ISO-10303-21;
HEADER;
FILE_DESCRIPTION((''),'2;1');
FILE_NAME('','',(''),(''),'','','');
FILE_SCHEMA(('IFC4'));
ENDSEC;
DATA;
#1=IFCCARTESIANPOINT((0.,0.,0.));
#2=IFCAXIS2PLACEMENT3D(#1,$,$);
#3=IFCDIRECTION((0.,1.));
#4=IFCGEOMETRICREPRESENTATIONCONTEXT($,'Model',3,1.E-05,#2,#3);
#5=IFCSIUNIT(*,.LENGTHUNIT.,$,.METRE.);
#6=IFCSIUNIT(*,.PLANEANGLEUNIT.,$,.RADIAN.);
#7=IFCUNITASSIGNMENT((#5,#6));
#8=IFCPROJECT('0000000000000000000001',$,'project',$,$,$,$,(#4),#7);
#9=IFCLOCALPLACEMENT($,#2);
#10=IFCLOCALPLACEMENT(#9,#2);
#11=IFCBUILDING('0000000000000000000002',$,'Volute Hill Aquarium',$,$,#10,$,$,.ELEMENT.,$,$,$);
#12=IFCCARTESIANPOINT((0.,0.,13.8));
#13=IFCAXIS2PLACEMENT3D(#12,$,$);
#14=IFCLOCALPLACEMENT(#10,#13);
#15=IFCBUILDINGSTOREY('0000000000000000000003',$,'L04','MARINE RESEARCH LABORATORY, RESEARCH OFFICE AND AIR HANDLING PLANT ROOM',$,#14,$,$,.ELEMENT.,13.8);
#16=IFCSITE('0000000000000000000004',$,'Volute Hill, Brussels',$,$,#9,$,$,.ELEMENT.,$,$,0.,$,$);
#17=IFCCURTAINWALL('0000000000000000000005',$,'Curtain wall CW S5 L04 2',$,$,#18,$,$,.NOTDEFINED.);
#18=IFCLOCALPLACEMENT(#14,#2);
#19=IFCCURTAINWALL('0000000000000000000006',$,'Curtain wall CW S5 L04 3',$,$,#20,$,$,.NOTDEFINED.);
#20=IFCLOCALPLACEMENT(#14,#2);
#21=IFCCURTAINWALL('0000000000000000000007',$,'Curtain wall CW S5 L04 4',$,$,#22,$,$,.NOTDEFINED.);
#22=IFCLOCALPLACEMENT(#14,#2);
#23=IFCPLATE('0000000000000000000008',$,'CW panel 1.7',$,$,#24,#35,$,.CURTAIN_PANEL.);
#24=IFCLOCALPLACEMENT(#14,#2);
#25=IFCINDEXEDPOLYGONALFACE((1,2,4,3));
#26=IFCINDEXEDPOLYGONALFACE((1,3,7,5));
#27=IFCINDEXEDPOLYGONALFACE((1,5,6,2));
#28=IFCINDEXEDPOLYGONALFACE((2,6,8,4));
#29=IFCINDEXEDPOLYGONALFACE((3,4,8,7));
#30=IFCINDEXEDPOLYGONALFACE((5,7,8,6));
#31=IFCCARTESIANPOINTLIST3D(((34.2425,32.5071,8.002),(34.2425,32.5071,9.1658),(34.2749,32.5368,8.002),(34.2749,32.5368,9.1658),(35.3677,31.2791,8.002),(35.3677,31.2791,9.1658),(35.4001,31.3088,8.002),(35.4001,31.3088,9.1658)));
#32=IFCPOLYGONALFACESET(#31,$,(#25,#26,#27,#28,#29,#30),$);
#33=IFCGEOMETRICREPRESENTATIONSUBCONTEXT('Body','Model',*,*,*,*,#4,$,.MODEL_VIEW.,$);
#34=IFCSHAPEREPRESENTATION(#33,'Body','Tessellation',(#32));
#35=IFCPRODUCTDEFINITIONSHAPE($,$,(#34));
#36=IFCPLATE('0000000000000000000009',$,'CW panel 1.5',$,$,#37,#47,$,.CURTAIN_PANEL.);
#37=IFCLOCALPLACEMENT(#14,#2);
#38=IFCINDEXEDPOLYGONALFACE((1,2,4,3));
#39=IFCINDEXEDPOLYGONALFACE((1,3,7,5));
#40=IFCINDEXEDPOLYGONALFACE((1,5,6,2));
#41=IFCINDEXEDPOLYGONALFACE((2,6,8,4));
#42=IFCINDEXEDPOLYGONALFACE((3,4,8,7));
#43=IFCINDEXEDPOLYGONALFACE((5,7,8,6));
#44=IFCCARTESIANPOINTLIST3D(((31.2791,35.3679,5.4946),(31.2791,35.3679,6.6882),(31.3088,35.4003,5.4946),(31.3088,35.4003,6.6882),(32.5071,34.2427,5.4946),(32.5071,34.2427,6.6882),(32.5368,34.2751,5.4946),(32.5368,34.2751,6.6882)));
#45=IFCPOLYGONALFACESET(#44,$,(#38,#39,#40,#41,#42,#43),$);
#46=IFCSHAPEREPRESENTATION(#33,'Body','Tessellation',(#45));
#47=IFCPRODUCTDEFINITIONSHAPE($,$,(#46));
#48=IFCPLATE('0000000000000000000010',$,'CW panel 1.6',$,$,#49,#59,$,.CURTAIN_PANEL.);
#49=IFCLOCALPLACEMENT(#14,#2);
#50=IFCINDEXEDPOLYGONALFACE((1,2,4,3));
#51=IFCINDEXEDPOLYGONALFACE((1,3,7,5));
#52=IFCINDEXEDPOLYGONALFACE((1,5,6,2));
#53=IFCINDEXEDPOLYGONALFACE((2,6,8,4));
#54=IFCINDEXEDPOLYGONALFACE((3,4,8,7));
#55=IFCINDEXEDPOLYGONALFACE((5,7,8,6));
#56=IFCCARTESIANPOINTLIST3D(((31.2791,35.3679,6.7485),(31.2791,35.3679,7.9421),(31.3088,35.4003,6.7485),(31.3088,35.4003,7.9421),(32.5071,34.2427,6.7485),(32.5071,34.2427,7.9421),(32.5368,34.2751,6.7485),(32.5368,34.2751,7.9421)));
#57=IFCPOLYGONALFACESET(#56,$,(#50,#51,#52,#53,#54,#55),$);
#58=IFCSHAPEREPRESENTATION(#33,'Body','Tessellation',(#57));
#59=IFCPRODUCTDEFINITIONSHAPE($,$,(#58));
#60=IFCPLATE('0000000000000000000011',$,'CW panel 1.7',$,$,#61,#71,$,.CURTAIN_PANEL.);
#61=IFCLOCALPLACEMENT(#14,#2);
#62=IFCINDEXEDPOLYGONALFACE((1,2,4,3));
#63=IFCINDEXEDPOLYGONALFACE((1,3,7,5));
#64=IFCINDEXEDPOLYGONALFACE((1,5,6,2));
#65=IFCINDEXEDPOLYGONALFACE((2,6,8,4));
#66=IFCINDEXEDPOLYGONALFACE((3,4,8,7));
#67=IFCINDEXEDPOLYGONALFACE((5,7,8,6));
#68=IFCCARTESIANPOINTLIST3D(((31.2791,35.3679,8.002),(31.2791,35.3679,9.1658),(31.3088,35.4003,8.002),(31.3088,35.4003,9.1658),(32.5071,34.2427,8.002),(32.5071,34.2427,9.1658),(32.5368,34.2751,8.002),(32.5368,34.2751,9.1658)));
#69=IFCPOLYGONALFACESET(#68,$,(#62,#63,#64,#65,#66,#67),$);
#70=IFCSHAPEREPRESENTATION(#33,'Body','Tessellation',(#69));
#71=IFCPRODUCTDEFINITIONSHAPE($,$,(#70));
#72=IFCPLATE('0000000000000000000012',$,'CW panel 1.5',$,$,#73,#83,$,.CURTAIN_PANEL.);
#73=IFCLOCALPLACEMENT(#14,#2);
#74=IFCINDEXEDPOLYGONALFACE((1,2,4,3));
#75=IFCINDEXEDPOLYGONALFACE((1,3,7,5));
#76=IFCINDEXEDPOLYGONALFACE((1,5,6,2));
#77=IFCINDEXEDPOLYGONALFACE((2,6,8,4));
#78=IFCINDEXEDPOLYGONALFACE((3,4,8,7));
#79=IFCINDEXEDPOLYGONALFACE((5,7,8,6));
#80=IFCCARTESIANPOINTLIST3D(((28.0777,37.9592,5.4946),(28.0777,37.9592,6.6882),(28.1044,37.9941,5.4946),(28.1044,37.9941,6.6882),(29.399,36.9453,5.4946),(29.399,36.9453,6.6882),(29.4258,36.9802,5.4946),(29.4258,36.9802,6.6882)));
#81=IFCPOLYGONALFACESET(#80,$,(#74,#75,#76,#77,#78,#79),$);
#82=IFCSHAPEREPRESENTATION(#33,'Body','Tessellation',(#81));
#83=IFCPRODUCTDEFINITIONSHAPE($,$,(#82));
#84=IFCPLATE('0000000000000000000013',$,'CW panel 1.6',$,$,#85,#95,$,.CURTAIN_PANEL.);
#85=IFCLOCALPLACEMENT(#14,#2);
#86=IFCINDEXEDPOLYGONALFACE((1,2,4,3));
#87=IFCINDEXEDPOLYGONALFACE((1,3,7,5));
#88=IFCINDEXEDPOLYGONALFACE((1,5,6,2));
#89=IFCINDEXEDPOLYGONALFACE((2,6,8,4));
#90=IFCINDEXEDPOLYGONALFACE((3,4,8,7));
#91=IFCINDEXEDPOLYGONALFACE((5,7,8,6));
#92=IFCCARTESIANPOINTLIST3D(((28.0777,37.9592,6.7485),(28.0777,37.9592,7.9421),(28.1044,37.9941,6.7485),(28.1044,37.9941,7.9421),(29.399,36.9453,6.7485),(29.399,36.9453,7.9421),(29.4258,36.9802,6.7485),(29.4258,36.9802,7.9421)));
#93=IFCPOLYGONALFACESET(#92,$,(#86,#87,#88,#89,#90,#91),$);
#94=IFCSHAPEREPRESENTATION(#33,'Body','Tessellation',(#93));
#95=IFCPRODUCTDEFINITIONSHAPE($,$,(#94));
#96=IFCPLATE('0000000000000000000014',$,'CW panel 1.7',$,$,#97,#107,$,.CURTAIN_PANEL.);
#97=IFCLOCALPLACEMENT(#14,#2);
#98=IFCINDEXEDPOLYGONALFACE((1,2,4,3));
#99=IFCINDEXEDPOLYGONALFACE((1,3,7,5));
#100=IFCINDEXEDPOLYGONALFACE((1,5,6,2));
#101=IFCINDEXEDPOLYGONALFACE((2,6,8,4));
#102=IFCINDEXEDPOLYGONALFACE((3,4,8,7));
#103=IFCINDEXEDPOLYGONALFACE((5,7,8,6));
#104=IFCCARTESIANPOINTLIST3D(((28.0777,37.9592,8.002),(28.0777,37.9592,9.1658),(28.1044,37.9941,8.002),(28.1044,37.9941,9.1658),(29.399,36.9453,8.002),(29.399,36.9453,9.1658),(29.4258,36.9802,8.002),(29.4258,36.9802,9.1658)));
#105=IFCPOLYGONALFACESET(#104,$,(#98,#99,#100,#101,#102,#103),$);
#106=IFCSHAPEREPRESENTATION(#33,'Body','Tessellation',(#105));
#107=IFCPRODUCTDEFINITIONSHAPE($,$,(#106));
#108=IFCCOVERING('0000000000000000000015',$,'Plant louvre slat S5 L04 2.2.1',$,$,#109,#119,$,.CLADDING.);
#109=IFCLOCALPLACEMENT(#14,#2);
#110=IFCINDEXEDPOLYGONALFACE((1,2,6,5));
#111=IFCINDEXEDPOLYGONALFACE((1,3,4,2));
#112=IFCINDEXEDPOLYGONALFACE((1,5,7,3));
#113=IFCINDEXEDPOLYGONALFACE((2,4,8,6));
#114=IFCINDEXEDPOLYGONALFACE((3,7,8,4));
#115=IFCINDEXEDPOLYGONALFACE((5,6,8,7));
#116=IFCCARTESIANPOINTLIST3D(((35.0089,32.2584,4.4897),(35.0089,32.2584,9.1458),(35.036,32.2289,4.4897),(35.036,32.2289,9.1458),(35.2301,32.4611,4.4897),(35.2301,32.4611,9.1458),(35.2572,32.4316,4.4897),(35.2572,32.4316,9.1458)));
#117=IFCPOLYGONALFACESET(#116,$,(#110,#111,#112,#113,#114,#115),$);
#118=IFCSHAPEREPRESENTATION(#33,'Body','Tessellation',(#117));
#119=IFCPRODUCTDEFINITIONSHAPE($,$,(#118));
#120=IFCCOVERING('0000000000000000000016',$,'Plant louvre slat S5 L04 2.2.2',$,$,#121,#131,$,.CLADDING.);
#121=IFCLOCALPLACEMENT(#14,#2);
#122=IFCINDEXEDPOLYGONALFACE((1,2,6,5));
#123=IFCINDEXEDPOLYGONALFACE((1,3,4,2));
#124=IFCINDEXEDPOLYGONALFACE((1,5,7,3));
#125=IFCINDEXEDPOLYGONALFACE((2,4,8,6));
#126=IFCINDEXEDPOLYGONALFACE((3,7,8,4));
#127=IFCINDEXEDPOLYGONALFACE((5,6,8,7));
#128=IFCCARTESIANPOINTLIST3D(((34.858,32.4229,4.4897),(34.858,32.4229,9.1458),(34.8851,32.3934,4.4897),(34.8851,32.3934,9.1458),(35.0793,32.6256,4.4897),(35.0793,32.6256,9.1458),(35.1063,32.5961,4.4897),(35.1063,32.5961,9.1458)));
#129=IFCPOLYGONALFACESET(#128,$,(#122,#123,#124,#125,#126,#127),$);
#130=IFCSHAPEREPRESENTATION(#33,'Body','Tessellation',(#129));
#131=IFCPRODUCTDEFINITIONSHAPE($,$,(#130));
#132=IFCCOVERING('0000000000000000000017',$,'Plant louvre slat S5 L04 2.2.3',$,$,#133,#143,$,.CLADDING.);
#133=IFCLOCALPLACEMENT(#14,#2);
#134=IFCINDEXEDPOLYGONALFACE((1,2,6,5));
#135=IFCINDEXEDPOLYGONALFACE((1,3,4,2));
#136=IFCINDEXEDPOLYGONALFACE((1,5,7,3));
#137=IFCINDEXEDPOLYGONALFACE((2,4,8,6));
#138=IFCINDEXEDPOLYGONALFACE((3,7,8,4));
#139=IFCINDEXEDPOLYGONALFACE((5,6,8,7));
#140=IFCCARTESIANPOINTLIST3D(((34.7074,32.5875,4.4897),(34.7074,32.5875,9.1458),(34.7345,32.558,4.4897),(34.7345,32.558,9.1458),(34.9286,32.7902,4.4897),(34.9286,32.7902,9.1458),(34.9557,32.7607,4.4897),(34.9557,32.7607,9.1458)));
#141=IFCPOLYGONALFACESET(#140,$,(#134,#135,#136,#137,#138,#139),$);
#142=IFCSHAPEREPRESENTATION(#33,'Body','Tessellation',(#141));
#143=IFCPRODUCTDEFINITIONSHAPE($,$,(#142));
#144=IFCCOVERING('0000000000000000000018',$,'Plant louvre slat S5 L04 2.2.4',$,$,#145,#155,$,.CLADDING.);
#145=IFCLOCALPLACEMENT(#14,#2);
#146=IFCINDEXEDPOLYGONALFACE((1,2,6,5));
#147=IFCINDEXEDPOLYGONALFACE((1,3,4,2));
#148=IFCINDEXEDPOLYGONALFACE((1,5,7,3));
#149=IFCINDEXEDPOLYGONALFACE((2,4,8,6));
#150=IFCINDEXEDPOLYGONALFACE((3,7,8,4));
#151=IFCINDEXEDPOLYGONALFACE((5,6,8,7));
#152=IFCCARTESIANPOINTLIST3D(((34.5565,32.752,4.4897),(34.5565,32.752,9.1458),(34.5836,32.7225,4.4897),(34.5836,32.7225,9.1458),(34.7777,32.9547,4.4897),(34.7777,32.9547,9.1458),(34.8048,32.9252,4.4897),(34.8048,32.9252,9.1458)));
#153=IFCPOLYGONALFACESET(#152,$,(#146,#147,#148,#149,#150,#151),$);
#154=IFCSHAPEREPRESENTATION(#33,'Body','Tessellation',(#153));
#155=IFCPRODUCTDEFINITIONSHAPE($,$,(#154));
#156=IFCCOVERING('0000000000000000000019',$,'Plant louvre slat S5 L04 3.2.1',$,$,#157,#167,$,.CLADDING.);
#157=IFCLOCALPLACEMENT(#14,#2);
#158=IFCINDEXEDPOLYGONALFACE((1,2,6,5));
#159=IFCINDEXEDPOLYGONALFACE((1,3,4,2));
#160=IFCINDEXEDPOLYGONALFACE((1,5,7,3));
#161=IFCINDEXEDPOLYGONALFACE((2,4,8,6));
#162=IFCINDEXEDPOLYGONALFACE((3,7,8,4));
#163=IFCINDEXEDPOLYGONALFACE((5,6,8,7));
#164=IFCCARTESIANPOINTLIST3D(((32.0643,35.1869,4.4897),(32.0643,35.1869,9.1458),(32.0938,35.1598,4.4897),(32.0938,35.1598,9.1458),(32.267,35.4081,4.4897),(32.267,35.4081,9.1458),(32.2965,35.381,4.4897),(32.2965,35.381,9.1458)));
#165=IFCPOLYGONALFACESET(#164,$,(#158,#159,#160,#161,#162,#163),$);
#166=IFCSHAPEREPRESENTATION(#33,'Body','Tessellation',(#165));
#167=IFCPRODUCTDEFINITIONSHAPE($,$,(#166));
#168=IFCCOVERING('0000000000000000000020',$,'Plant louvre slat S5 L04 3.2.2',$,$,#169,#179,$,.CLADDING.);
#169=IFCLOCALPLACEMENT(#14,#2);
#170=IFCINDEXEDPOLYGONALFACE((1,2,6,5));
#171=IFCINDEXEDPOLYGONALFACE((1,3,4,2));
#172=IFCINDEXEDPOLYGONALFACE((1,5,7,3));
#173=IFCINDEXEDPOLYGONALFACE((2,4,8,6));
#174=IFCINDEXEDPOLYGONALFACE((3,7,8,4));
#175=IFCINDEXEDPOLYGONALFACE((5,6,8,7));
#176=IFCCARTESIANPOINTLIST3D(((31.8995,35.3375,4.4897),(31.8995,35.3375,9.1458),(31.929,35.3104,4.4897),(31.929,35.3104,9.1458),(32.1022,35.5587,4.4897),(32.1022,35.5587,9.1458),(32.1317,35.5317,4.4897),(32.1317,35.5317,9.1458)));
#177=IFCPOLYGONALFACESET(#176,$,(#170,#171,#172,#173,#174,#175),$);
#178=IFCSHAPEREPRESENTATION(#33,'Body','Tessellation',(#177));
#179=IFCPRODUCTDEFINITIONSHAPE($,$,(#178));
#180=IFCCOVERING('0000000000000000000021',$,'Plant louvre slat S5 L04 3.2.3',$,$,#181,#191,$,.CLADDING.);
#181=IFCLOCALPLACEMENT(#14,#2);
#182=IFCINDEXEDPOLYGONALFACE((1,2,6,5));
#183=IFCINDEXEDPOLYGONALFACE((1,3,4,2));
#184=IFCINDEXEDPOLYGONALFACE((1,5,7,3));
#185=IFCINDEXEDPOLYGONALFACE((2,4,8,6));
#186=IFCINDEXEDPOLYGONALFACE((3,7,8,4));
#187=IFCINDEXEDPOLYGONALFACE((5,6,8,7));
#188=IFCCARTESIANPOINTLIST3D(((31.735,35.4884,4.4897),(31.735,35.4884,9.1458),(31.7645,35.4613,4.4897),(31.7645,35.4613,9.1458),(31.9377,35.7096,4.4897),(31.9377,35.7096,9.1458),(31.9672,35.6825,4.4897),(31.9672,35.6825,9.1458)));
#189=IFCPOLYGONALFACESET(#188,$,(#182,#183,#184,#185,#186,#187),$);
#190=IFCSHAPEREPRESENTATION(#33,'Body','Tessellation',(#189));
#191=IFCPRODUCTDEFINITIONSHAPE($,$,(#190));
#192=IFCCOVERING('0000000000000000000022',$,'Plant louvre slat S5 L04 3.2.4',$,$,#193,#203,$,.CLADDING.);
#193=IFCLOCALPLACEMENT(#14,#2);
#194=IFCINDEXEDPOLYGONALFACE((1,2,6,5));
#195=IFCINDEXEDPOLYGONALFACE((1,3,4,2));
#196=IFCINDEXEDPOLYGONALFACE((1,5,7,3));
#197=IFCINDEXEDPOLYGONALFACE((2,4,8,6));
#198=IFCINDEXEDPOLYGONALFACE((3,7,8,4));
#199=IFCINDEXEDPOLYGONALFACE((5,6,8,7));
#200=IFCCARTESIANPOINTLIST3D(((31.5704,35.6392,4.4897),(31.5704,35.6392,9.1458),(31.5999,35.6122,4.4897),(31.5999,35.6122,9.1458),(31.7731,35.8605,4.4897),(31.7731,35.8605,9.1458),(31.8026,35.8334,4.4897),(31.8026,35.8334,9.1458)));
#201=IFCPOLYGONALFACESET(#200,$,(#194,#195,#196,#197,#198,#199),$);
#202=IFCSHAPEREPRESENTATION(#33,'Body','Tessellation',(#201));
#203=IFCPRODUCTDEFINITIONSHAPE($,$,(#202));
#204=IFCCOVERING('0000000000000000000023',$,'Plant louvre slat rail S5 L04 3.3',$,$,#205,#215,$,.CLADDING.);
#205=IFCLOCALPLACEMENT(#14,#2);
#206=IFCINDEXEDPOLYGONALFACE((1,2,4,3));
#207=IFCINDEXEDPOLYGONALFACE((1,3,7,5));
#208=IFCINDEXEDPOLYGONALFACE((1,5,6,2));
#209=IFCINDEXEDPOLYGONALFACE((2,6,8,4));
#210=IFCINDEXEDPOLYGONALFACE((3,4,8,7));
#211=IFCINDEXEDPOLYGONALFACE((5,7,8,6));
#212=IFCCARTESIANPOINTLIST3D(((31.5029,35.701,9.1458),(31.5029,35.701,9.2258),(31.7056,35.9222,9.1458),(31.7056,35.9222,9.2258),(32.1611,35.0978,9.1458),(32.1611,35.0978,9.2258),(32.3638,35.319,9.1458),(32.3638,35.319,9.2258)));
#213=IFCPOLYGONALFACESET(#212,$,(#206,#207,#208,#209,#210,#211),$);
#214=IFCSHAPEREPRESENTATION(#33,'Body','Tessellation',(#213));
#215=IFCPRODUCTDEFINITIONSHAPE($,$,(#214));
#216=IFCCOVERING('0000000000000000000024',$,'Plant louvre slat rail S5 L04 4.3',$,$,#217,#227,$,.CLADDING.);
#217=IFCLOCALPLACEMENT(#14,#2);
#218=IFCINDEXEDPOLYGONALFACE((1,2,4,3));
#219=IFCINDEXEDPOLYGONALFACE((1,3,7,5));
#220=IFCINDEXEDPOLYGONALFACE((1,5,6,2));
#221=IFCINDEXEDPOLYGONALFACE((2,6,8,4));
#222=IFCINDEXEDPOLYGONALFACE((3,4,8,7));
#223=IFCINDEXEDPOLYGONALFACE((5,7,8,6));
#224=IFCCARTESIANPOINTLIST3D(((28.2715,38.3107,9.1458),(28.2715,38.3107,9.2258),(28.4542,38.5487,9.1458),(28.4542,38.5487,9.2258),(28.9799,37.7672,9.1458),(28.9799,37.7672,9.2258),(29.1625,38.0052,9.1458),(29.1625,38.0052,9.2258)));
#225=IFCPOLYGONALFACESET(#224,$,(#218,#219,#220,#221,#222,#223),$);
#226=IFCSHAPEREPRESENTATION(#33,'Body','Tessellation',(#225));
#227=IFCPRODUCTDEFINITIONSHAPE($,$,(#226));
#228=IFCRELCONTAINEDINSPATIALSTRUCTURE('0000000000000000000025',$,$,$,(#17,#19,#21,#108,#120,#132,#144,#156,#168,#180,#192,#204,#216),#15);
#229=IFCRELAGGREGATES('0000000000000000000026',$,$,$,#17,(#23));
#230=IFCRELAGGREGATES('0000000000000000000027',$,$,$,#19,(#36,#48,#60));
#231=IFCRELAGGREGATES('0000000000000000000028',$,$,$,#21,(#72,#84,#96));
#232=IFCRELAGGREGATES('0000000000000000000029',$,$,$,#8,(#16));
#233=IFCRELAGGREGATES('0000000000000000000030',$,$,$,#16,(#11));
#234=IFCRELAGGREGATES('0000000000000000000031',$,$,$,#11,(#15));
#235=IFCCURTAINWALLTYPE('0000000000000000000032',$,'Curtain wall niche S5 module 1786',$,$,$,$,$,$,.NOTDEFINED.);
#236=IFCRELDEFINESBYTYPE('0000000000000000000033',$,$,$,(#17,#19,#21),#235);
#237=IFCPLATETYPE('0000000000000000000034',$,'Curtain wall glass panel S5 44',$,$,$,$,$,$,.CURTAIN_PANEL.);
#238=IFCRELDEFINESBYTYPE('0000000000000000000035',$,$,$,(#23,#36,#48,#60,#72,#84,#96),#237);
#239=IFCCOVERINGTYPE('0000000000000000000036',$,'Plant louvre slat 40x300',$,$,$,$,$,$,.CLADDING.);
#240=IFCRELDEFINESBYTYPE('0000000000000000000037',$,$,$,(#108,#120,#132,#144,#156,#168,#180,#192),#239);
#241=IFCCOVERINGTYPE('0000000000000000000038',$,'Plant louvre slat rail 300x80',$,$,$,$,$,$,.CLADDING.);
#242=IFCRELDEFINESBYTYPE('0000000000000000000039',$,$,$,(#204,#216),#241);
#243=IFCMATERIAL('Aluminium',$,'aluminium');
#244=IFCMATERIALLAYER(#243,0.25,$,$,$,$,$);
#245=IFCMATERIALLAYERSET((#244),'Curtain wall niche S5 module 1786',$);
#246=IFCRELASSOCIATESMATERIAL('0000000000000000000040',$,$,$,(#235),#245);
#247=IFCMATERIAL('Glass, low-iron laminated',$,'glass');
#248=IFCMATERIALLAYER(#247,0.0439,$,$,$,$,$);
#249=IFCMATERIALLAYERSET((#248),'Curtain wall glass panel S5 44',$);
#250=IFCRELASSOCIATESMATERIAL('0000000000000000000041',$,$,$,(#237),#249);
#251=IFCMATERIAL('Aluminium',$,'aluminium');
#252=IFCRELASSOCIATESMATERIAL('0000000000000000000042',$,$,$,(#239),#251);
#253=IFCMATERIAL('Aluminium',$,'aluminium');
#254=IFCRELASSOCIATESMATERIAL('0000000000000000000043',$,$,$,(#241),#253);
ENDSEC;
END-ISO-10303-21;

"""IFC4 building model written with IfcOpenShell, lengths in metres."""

from ifc_helpers import new_model, si_unit, direction, frame, origin, origin_2d, place, context, subcontext, project, spatial, rectangle, extrude, material, layer, layer_set, type_object, element, aggregate, save


model = new_model("IFC4")

# Units and contexts
model_context = context("Model", 3, precision=1e-05, world=origin(), true_north=direction((0.0, 1.0)))
body_context = subcontext(model_context, "Body", "Model", "MODEL_VIEW")
ifc_project = project(units=[si_unit("LENGTHUNIT", "METRE"), si_unit("PLANEANGLEUNIT", "RADIAN")], contexts=[model_context])

# Site, building, storey
site_placement = place(None, origin())
site = spatial("IfcSite", under=ifc_project, at=site_placement, Name="Volute Hill, Brussels", CompositionType="ELEMENT", RefElevation=0.0)
building_placement = place(site_placement, origin())
building = spatial("IfcBuilding", under=site, at=building_placement, Name="Volute Hill Aquarium", CompositionType="ELEMENT")
storey_placement = place(building_placement, frame((0.0, 0.0, 13.8)))
storey = spatial("IfcBuildingStorey", under=building, at=storey_placement, Name="L04", Description="MARINE RESEARCH LABORATORY, RESEARCH OFFICE AND AIR HANDLING PLANT ROOM", CompositionType="ELEMENT", Elevation=13.8)

# Curtain walls
ifc_material_1 = material(Name="Aluminium", Category="aluminium")
ifc_layer_1 = layer(ifc_material_1, 0.25)
ifc_layer_set_1 = layer_set([ifc_layer_1], Name="Curtain wall niche S5 module 1786")
curtain_wall_type = type_object("IfcCurtainWallType", Name="Curtain wall niche S5 module 1786", PredefinedType="NOTDEFINED", material=ifc_layer_set_1)
curtain_wall_1_placement = place(storey_placement, origin())
curtain_wall_1 = element("IfcCurtainWall", 1, at=curtain_wall_1_placement, inside=storey, type_object=curtain_wall_type, Name="Curtain wall CW S5 L04 2", PredefinedType="NOTDEFINED")
curtain_wall_2_placement = place(storey_placement, origin())
curtain_wall_2 = element("IfcCurtainWall", 2, at=curtain_wall_2_placement, inside=storey, type_object=curtain_wall_type, Name="Curtain wall CW S5 L04 3", PredefinedType="NOTDEFINED")
curtain_wall_3_placement = place(storey_placement, origin())
curtain_wall_3 = element("IfcCurtainWall", 3, at=curtain_wall_3_placement, inside=storey, type_object=curtain_wall_type, Name="Curtain wall CW S5 L04 4", PredefinedType="NOTDEFINED")

# Plates
ifc_material_2 = material(Name="Glass, low-iron laminated", Category="glass")
ifc_layer_2 = layer(ifc_material_2, 0.0439)
ifc_layer_set_2 = layer_set([ifc_layer_2], Name="Curtain wall glass panel S5 44")
plate_type = type_object("IfcPlateType", Name="Curtain wall glass panel S5 44", PredefinedType="CURTAIN_PANEL", material=ifc_layer_set_2)
plate_1_placement = place(storey_placement, frame((34.8213, 31.908, 8.002), z_axis=(0.0, 0.0, 1.0), x_axis=(-0.675585, 0.737282, 0.0)))
plate_1 = element("IfcPlate", 4, at=plate_1_placement, type_object=plate_type, Name="CW panel 1.7", PredefinedType="CURTAIN_PANEL", context=body_context, shape_type="SweptSolid", body=[
    extrude(rectangle(XDim=1.6655, YDim=0.0439, at=origin_2d()), origin(), (0.0, 0.0, 1.0), 1.1638),
])
aggregate(curtain_wall_1, [plate_1])
plate_2_placement = place(storey_placement, frame((31.908, 34.8215, 5.4946), z_axis=(0.0, 0.0, 1.0), x_axis=(-0.737282, 0.675585, 0.0)))
plate_2 = element("IfcPlate", 5, at=plate_2_placement, type_object=plate_type, Name="CW panel 1.5", PredefinedType="CURTAIN_PANEL", context=body_context, shape_type="SweptSolid", body=[
    extrude(rectangle(XDim=1.6655, YDim=0.0439, at=origin_2d()), origin(), (0.0, 0.0, 1.0), 1.1936),
])
plate_3_placement = place(storey_placement, frame((31.908, 34.8215, 6.7485), z_axis=(0.0, 0.0, 1.0), x_axis=(-0.737282, 0.675585, 0.0)))
plate_3 = element("IfcPlate", 6, at=plate_3_placement, type_object=plate_type, Name="CW panel 1.6", PredefinedType="CURTAIN_PANEL", context=body_context, shape_type="SweptSolid", body=[
    extrude(rectangle(XDim=1.6655, YDim=0.0439, at=origin_2d()), origin(), (0.0, 0.0, 1.0), 1.1936),
])
plate_4_placement = place(storey_placement, frame((31.908, 34.8215, 8.002), z_axis=(0.0, 0.0, 1.0), x_axis=(-0.737282, 0.675585, 0.0)))
plate_4 = element("IfcPlate", 7, at=plate_4_placement, type_object=plate_type, Name="CW panel 1.7", PredefinedType="CURTAIN_PANEL", context=body_context, shape_type="SweptSolid", body=[
    extrude(rectangle(XDim=1.6655, YDim=0.0439, at=origin_2d()), origin(), (0.0, 0.0, 1.0), 1.1638),
])
aggregate(curtain_wall_2, [plate_2, plate_3, plate_4])
plate_5_placement = place(storey_placement, frame((28.7517, 37.4697, 5.4946), z_axis=(0.0, 0.0, 1.0), x_axis=(-0.793358, 0.608755, 0.0)))
plate_5 = element("IfcPlate", 8, at=plate_5_placement, type_object=plate_type, Name="CW panel 1.5", PredefinedType="CURTAIN_PANEL", context=body_context, shape_type="SweptSolid", body=[
    extrude(rectangle(XDim=1.6655, YDim=0.0439, at=origin_2d()), origin(), (0.0, 0.0, 1.0), 1.1936),
])
plate_6_placement = place(storey_placement, frame((28.7517, 37.4697, 6.7485), z_axis=(0.0, 0.0, 1.0), x_axis=(-0.793358, 0.608755, 0.0)))
plate_6 = element("IfcPlate", 9, at=plate_6_placement, type_object=plate_type, Name="CW panel 1.6", PredefinedType="CURTAIN_PANEL", context=body_context, shape_type="SweptSolid", body=[
    extrude(rectangle(XDim=1.6655, YDim=0.0439, at=origin_2d()), origin(), (0.0, 0.0, 1.0), 1.1936),
])
plate_7_placement = place(storey_placement, frame((28.7517, 37.4697, 8.002), z_axis=(0.0, 0.0, 1.0), x_axis=(-0.793358, 0.608755, 0.0)))
plate_7 = element("IfcPlate", 10, at=plate_7_placement, type_object=plate_type, Name="CW panel 1.7", PredefinedType="CURTAIN_PANEL", context=body_context, shape_type="SweptSolid", body=[
    extrude(rectangle(XDim=1.6655, YDim=0.0439, at=origin_2d()), origin(), (0.0, 0.0, 1.0), 1.1638),
])
aggregate(curtain_wall_3, [plate_5, plate_6, plate_7])

# Coverings
ifc_material_3 = material(Name="Aluminium", Category="aluminium")
covering_type_1 = type_object("IfcCoveringType", Name="Plant louvre slat 40x300", PredefinedType="CLADDING", material=ifc_material_3)
for number, where, z_axis, x_axis, name in (
    (11, (35.1331, 32.345, 4.4897), (0.0, 0.0, 1.0), (-0.675585, 0.737282, 0.0), "Plant louvre slat S5 L04 2.2.1"),
    (12, (34.9822, 32.5095, 4.4897), (0.0, 0.0, 1.0), (-0.675585, 0.737282, 0.0), "Plant louvre slat S5 L04 2.2.2"),
    (13, (34.8315, 32.6741, 4.4897), (0.0, 0.0, 1.0), (-0.675585, 0.737282, 0.0), "Plant louvre slat S5 L04 2.2.3"),
    (14, (34.6807, 32.8386, 4.4897), (0.0, 0.0, 1.0), (-0.675585, 0.737282, 0.0), "Plant louvre slat S5 L04 2.2.4"),
    (15, (32.1804, 35.2839, 4.4897), (0.0, 0.0, 1.0), (-0.737282, 0.675585, 0.0), "Plant louvre slat S5 L04 3.2.1"),
    (16, (32.0156, 35.4346, 4.4897), (0.0, 0.0, 1.0), (-0.737282, 0.675585, 0.0), "Plant louvre slat S5 L04 3.2.2"),
    (17, (31.8511, 35.5854, 4.4897), (0.0, 0.0, 1.0), (-0.737282, 0.675585, 0.0), "Plant louvre slat S5 L04 3.2.3"),
    (18, (31.6865, 35.7363, 4.4897), (0.0, 0.0, 1.0), (-0.737282, 0.675585, 0.0), "Plant louvre slat S5 L04 3.2.4"),
):
    element("IfcCovering", number, at=place(storey_placement, frame(where, z_axis=z_axis, x_axis=x_axis)), inside=storey, type_object=covering_type_1, Name=name, PredefinedType="CLADDING", context=body_context, shape_type="SweptSolid", body=[
        extrude(rectangle(XDim=0.04, YDim=0.3, at=origin_2d()), origin(), (0.0, 0.0, 1.0), 4.656),
    ])
ifc_material_4 = material(Name="Aluminium", Category="aluminium")
covering_type_2 = type_object("IfcCoveringType", Name="Plant louvre slat rail 300x80", PredefinedType="CLADDING", material=ifc_material_4)
for number, where, z_axis, x_axis, name in (
    (19, (31.9333, 35.51, 9.1458), (0.0, 0.0, 1.0), (-0.737282, 0.675585, 0.0), "Plant louvre slat rail S5 L04 3.3"),
    (20, (28.717, 38.158, 9.1458), (0.0, 0.0, 1.0), (-0.79336, 0.608753, 0.0), "Plant louvre slat rail S5 L04 4.3"),
):
    element("IfcCovering", number, at=place(storey_placement, frame(where, z_axis=z_axis, x_axis=x_axis)), inside=storey, type_object=covering_type_2, Name=name, PredefinedType="CLADDING", context=body_context, shape_type="SweptSolid", body=[
        extrude(rectangle(XDim=0.8928, YDim=0.3, at=origin_2d()), origin(), (0.0, 0.0, 1.0), 0.0801),
    ])

save(model, "model.ifc")
